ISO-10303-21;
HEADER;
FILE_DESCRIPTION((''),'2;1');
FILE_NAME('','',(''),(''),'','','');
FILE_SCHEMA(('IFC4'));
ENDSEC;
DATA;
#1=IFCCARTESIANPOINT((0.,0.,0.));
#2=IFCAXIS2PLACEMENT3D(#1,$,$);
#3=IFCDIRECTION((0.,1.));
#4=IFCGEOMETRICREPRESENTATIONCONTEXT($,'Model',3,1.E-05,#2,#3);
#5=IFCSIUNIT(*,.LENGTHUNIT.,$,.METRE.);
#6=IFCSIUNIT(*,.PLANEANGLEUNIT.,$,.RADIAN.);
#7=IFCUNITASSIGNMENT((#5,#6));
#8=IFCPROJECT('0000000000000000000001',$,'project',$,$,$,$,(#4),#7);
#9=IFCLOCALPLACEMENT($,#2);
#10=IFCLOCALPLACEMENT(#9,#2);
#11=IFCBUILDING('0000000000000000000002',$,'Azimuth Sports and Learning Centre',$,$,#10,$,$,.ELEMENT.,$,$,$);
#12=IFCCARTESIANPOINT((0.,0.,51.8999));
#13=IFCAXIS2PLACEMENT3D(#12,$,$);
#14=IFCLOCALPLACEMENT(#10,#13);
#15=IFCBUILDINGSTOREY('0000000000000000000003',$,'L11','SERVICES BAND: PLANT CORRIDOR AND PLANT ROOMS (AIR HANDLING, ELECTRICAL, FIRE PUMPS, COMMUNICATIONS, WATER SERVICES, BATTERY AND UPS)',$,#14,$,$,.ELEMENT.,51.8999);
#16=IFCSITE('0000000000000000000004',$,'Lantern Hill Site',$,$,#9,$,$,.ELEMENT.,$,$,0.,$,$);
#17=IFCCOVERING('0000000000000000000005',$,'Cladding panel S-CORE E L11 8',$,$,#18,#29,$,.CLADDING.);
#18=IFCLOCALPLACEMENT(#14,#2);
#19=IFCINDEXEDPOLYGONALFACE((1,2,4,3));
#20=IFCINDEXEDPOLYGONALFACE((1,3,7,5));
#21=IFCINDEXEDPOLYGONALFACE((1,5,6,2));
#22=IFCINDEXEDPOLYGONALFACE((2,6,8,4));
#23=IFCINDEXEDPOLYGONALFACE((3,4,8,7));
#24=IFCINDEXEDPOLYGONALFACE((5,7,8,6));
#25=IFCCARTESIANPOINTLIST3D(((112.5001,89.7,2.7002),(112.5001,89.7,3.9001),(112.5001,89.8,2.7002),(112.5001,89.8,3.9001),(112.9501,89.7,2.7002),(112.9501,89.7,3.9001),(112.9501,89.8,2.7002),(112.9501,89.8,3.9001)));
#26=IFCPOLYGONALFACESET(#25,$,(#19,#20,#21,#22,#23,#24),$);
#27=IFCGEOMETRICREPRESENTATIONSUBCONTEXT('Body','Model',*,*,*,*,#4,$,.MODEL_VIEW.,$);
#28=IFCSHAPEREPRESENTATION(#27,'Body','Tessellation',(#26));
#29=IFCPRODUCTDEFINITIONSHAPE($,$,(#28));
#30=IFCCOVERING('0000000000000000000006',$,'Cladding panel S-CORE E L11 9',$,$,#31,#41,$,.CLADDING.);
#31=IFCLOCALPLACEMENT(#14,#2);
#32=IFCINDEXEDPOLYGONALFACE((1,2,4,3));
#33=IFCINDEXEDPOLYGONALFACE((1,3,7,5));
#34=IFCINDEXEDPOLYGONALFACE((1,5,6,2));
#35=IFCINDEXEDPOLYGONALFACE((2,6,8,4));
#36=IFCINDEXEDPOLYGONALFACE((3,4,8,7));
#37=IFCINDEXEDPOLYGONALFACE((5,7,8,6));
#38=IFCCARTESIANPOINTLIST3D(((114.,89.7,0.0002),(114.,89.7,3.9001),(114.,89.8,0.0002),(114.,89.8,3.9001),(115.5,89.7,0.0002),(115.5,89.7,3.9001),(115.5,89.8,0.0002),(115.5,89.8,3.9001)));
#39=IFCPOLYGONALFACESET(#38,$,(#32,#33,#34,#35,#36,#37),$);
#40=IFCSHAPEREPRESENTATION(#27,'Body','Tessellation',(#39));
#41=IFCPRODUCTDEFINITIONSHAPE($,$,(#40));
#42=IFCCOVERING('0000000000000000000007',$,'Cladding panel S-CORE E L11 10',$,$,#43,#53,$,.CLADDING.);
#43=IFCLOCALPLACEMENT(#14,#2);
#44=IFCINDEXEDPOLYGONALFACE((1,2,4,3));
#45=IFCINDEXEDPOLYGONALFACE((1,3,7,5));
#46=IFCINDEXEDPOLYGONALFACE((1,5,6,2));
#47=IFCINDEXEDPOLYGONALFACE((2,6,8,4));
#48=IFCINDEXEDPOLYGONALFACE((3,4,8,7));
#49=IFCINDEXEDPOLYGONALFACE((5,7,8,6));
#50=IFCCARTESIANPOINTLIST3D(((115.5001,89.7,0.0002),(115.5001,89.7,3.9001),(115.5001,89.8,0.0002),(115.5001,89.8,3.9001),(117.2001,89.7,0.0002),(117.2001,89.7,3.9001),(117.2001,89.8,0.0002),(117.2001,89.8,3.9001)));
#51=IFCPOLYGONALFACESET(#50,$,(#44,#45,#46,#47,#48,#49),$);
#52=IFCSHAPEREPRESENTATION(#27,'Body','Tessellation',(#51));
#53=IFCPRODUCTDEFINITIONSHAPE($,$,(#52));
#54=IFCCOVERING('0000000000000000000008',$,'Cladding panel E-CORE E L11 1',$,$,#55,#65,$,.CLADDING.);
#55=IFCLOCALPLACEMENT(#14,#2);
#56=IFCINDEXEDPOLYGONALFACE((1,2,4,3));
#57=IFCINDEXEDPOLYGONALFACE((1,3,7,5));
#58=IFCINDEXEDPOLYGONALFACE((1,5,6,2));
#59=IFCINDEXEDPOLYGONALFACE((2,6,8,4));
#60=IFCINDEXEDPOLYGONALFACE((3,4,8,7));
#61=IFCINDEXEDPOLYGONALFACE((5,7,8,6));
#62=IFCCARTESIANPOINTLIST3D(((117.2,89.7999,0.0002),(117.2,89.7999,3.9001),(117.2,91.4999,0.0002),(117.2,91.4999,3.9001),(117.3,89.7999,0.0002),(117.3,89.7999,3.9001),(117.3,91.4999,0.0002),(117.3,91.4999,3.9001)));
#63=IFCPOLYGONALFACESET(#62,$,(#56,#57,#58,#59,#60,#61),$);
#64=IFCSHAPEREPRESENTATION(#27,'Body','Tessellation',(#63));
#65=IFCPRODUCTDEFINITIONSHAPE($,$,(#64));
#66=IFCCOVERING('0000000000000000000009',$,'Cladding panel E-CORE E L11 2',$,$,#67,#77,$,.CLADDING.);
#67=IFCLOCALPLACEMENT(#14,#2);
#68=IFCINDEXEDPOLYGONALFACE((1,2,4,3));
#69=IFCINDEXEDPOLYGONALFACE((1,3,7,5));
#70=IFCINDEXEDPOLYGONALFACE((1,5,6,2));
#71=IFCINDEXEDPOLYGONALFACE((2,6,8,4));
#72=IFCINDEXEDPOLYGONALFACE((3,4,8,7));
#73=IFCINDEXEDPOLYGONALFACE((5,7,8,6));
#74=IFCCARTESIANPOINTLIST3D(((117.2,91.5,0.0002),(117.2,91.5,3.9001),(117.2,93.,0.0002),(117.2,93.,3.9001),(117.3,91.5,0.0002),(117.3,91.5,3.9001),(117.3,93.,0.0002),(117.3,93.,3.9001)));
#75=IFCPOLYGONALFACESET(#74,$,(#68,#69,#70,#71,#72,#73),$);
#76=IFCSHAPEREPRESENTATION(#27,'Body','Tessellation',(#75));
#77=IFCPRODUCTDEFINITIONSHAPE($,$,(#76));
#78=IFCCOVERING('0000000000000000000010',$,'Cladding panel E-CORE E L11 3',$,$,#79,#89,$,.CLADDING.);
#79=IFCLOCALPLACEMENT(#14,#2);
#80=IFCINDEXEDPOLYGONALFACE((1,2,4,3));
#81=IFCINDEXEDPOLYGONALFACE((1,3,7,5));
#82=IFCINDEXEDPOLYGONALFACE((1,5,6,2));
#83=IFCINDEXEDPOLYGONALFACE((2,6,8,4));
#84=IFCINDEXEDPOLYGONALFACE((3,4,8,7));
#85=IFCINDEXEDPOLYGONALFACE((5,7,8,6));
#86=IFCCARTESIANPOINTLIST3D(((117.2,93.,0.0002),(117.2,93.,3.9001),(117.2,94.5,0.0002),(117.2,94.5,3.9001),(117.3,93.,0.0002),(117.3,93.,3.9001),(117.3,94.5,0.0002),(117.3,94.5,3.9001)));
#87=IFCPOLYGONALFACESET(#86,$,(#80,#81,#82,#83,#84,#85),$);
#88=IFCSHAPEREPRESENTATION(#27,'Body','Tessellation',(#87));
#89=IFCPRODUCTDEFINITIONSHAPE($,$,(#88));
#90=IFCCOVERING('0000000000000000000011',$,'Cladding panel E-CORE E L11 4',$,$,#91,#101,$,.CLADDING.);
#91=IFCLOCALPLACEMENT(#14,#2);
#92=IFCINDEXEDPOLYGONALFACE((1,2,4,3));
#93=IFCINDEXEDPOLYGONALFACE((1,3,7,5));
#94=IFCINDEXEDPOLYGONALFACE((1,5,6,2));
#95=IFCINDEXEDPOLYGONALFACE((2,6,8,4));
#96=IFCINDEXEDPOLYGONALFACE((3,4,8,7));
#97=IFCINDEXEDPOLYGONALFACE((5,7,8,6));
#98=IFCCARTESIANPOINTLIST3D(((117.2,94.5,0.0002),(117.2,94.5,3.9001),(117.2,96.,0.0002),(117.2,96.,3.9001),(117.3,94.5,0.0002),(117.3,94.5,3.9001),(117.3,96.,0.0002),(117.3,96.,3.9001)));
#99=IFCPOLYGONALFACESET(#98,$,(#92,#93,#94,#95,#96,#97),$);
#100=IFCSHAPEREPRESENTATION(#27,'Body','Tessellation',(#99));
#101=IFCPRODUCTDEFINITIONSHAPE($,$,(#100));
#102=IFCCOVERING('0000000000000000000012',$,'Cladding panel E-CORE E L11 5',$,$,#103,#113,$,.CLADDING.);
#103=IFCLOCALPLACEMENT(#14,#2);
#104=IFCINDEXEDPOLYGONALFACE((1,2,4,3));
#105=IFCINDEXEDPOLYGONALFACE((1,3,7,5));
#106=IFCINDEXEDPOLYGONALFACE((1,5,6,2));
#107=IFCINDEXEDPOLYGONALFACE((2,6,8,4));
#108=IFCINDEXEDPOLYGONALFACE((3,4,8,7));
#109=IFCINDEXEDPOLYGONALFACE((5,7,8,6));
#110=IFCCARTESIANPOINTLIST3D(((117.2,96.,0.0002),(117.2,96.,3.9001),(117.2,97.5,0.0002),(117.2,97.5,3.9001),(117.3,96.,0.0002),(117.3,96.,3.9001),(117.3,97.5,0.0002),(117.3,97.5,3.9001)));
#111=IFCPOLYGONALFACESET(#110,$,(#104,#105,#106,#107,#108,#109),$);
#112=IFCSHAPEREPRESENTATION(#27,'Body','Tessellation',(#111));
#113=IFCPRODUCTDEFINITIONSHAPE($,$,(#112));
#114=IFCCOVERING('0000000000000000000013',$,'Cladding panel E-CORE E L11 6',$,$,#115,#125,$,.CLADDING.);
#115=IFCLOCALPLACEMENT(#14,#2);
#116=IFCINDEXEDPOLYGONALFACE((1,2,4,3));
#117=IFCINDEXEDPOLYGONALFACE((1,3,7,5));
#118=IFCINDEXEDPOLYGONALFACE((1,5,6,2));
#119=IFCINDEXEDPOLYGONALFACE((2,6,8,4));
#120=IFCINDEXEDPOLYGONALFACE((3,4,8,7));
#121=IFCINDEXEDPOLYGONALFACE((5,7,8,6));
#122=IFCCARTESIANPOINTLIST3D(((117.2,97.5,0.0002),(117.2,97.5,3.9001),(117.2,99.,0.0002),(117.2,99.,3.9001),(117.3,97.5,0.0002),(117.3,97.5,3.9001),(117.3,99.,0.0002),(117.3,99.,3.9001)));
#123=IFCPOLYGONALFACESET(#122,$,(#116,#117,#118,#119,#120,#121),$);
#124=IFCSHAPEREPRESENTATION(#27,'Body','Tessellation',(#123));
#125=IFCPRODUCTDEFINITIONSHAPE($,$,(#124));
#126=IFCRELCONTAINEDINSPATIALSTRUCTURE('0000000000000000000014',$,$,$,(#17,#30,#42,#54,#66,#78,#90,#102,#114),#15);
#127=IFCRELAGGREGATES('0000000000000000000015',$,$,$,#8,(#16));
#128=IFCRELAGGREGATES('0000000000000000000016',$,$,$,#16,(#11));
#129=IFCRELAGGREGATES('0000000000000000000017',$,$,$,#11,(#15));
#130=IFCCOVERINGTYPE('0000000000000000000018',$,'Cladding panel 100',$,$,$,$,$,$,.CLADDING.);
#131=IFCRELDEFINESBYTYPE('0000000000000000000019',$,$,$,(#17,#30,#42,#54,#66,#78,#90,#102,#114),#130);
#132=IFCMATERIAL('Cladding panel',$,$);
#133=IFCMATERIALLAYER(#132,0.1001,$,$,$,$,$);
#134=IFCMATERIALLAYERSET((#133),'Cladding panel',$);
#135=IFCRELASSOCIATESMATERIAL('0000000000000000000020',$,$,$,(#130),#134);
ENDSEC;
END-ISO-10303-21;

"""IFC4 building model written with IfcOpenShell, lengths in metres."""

from ifc_helpers import new_model, si_unit, direction, frame, origin, origin_2d, place, context, subcontext, project, spatial, rectangle, extrude, material, layer, layer_set, type_object, element, save


model = new_model("IFC4")

# Units and contexts
model_context = context("Model", 3, precision=1e-05, world=origin(), true_north=direction((0.0, 1.0)))
body_context = subcontext(model_context, "Body", "Model", "MODEL_VIEW")
ifc_project = project(units=[si_unit("LENGTHUNIT", "METRE"), si_unit("PLANEANGLEUNIT", "RADIAN")], contexts=[model_context])

# Site, building, storey
site_placement = place(None, origin())
site = spatial("IfcSite", under=ifc_project, at=site_placement, Name="Lantern Hill Site", CompositionType="ELEMENT", RefElevation=0.0)
building_placement = place(site_placement, origin())
building = spatial("IfcBuilding", under=site, at=building_placement, Name="Azimuth Sports and Learning Centre", CompositionType="ELEMENT")
storey_placement = place(building_placement, frame((0.0, 0.0, 51.8999)))
storey = spatial("IfcBuildingStorey", under=building, at=storey_placement, Name="L11", Description="SERVICES BAND: PLANT CORRIDOR AND PLANT ROOMS (AIR HANDLING, ELECTRICAL, FIRE PUMPS, COMMUNICATIONS, WATER SERVICES, BATTERY AND UPS)", CompositionType="ELEMENT", Elevation=51.8999)

# Coverings
ifc_material_1 = material(Name="Cladding panel")
ifc_layer_1 = layer(ifc_material_1, 0.1001)
ifc_layer_set_1 = layer_set([ifc_layer_1], Name="Cladding panel")
covering_type = type_object("IfcCoveringType", Name="Cladding panel 100", PredefinedType="CLADDING", material=ifc_layer_set_1)
for number, where, z_axis, x_axis, name in (
    (1, (112.7251, 89.75, 2.7002), (0.0, 0.0, 1.0), (1.0, 0.0, 0.0), "Cladding panel S-CORE E L11 8"),
):
    element("IfcCovering", number, at=place(storey_placement, frame(where, z_axis=z_axis, x_axis=x_axis)), inside=storey, type_object=covering_type, Name=name, PredefinedType="CLADDING", context=body_context, shape_type="SweptSolid", body=[
        extrude(rectangle(XDim=0.45, YDim=0.1001, at=origin_2d()), origin(), (0.0, 0.0, 1.0), 1.2),
    ])
covering_1_placement = place(storey_placement, frame((114.75, 89.75, 0.0002), z_axis=(0.0, 0.0, 1.0), x_axis=(1.0, 0.0, 0.0)))
element("IfcCovering", 2, at=covering_1_placement, inside=storey, type_object=covering_type, Name="Cladding panel S-CORE E L11 9", PredefinedType="CLADDING", context=body_context, shape_type="SweptSolid", body=[
    extrude(rectangle(XDim=1.5, YDim=0.1001, at=origin_2d()), origin(), (0.0, 0.0, 1.0), 3.8999),
])
for number, where, z_axis, x_axis, name in (
    (3, (116.3501, 89.75, 0.0002), (0.0, 0.0, 1.0), (1.0, 0.0, 0.0), "Cladding panel S-CORE E L11 10"),
    (4, (117.25, 90.6499, 0.0002), (0.0, 0.0, 1.0), (0.0, 1.0, 0.0), "Cladding panel E-CORE E L11 1"),
):
    element("IfcCovering", number, at=place(storey_placement, frame(where, z_axis=z_axis, x_axis=x_axis)), inside=storey, type_object=covering_type, Name=name, PredefinedType="CLADDING", context=body_context, shape_type="SweptSolid", body=[
        extrude(rectangle(XDim=1.7, YDim=0.1001, at=origin_2d()), origin(), (0.0, 0.0, 1.0), 3.8999),
    ])
for number, where, z_axis, x_axis, name in (
    (5, (117.25, 92.25, 0.0002), (0.0, 0.0, 1.0), (0.0, 1.0, 0.0), "Cladding panel E-CORE E L11 2"),
    (6, (117.25, 93.75, 0.0002), (0.0, 0.0, 1.0), (0.0, 1.0, 0.0), "Cladding panel E-CORE E L11 3"),
    (7, (117.25, 95.25, 0.0002), (0.0, 0.0, 1.0), (0.0, 1.0, 0.0), "Cladding panel E-CORE E L11 4"),
    (8, (117.25, 96.75, 0.0002), (0.0, 0.0, 1.0), (0.0, 1.0, 0.0), "Cladding panel E-CORE E L11 5"),
    (9, (117.25, 98.25, 0.0002), (0.0, 0.0, 1.0), (0.0, 1.0, 0.0), "Cladding panel E-CORE E L11 6"),
):
    element("IfcCovering", number, at=place(storey_placement, frame(where, z_axis=z_axis, x_axis=x_axis)), inside=storey, type_object=covering_type, Name=name, PredefinedType="CLADDING", context=body_context, shape_type="SweptSolid", body=[
        extrude(rectangle(XDim=1.5, YDim=0.1001, at=origin_2d()), origin(), (0.0, 0.0, 1.0), 3.8999),
    ])

save(model, "model.ifc")
